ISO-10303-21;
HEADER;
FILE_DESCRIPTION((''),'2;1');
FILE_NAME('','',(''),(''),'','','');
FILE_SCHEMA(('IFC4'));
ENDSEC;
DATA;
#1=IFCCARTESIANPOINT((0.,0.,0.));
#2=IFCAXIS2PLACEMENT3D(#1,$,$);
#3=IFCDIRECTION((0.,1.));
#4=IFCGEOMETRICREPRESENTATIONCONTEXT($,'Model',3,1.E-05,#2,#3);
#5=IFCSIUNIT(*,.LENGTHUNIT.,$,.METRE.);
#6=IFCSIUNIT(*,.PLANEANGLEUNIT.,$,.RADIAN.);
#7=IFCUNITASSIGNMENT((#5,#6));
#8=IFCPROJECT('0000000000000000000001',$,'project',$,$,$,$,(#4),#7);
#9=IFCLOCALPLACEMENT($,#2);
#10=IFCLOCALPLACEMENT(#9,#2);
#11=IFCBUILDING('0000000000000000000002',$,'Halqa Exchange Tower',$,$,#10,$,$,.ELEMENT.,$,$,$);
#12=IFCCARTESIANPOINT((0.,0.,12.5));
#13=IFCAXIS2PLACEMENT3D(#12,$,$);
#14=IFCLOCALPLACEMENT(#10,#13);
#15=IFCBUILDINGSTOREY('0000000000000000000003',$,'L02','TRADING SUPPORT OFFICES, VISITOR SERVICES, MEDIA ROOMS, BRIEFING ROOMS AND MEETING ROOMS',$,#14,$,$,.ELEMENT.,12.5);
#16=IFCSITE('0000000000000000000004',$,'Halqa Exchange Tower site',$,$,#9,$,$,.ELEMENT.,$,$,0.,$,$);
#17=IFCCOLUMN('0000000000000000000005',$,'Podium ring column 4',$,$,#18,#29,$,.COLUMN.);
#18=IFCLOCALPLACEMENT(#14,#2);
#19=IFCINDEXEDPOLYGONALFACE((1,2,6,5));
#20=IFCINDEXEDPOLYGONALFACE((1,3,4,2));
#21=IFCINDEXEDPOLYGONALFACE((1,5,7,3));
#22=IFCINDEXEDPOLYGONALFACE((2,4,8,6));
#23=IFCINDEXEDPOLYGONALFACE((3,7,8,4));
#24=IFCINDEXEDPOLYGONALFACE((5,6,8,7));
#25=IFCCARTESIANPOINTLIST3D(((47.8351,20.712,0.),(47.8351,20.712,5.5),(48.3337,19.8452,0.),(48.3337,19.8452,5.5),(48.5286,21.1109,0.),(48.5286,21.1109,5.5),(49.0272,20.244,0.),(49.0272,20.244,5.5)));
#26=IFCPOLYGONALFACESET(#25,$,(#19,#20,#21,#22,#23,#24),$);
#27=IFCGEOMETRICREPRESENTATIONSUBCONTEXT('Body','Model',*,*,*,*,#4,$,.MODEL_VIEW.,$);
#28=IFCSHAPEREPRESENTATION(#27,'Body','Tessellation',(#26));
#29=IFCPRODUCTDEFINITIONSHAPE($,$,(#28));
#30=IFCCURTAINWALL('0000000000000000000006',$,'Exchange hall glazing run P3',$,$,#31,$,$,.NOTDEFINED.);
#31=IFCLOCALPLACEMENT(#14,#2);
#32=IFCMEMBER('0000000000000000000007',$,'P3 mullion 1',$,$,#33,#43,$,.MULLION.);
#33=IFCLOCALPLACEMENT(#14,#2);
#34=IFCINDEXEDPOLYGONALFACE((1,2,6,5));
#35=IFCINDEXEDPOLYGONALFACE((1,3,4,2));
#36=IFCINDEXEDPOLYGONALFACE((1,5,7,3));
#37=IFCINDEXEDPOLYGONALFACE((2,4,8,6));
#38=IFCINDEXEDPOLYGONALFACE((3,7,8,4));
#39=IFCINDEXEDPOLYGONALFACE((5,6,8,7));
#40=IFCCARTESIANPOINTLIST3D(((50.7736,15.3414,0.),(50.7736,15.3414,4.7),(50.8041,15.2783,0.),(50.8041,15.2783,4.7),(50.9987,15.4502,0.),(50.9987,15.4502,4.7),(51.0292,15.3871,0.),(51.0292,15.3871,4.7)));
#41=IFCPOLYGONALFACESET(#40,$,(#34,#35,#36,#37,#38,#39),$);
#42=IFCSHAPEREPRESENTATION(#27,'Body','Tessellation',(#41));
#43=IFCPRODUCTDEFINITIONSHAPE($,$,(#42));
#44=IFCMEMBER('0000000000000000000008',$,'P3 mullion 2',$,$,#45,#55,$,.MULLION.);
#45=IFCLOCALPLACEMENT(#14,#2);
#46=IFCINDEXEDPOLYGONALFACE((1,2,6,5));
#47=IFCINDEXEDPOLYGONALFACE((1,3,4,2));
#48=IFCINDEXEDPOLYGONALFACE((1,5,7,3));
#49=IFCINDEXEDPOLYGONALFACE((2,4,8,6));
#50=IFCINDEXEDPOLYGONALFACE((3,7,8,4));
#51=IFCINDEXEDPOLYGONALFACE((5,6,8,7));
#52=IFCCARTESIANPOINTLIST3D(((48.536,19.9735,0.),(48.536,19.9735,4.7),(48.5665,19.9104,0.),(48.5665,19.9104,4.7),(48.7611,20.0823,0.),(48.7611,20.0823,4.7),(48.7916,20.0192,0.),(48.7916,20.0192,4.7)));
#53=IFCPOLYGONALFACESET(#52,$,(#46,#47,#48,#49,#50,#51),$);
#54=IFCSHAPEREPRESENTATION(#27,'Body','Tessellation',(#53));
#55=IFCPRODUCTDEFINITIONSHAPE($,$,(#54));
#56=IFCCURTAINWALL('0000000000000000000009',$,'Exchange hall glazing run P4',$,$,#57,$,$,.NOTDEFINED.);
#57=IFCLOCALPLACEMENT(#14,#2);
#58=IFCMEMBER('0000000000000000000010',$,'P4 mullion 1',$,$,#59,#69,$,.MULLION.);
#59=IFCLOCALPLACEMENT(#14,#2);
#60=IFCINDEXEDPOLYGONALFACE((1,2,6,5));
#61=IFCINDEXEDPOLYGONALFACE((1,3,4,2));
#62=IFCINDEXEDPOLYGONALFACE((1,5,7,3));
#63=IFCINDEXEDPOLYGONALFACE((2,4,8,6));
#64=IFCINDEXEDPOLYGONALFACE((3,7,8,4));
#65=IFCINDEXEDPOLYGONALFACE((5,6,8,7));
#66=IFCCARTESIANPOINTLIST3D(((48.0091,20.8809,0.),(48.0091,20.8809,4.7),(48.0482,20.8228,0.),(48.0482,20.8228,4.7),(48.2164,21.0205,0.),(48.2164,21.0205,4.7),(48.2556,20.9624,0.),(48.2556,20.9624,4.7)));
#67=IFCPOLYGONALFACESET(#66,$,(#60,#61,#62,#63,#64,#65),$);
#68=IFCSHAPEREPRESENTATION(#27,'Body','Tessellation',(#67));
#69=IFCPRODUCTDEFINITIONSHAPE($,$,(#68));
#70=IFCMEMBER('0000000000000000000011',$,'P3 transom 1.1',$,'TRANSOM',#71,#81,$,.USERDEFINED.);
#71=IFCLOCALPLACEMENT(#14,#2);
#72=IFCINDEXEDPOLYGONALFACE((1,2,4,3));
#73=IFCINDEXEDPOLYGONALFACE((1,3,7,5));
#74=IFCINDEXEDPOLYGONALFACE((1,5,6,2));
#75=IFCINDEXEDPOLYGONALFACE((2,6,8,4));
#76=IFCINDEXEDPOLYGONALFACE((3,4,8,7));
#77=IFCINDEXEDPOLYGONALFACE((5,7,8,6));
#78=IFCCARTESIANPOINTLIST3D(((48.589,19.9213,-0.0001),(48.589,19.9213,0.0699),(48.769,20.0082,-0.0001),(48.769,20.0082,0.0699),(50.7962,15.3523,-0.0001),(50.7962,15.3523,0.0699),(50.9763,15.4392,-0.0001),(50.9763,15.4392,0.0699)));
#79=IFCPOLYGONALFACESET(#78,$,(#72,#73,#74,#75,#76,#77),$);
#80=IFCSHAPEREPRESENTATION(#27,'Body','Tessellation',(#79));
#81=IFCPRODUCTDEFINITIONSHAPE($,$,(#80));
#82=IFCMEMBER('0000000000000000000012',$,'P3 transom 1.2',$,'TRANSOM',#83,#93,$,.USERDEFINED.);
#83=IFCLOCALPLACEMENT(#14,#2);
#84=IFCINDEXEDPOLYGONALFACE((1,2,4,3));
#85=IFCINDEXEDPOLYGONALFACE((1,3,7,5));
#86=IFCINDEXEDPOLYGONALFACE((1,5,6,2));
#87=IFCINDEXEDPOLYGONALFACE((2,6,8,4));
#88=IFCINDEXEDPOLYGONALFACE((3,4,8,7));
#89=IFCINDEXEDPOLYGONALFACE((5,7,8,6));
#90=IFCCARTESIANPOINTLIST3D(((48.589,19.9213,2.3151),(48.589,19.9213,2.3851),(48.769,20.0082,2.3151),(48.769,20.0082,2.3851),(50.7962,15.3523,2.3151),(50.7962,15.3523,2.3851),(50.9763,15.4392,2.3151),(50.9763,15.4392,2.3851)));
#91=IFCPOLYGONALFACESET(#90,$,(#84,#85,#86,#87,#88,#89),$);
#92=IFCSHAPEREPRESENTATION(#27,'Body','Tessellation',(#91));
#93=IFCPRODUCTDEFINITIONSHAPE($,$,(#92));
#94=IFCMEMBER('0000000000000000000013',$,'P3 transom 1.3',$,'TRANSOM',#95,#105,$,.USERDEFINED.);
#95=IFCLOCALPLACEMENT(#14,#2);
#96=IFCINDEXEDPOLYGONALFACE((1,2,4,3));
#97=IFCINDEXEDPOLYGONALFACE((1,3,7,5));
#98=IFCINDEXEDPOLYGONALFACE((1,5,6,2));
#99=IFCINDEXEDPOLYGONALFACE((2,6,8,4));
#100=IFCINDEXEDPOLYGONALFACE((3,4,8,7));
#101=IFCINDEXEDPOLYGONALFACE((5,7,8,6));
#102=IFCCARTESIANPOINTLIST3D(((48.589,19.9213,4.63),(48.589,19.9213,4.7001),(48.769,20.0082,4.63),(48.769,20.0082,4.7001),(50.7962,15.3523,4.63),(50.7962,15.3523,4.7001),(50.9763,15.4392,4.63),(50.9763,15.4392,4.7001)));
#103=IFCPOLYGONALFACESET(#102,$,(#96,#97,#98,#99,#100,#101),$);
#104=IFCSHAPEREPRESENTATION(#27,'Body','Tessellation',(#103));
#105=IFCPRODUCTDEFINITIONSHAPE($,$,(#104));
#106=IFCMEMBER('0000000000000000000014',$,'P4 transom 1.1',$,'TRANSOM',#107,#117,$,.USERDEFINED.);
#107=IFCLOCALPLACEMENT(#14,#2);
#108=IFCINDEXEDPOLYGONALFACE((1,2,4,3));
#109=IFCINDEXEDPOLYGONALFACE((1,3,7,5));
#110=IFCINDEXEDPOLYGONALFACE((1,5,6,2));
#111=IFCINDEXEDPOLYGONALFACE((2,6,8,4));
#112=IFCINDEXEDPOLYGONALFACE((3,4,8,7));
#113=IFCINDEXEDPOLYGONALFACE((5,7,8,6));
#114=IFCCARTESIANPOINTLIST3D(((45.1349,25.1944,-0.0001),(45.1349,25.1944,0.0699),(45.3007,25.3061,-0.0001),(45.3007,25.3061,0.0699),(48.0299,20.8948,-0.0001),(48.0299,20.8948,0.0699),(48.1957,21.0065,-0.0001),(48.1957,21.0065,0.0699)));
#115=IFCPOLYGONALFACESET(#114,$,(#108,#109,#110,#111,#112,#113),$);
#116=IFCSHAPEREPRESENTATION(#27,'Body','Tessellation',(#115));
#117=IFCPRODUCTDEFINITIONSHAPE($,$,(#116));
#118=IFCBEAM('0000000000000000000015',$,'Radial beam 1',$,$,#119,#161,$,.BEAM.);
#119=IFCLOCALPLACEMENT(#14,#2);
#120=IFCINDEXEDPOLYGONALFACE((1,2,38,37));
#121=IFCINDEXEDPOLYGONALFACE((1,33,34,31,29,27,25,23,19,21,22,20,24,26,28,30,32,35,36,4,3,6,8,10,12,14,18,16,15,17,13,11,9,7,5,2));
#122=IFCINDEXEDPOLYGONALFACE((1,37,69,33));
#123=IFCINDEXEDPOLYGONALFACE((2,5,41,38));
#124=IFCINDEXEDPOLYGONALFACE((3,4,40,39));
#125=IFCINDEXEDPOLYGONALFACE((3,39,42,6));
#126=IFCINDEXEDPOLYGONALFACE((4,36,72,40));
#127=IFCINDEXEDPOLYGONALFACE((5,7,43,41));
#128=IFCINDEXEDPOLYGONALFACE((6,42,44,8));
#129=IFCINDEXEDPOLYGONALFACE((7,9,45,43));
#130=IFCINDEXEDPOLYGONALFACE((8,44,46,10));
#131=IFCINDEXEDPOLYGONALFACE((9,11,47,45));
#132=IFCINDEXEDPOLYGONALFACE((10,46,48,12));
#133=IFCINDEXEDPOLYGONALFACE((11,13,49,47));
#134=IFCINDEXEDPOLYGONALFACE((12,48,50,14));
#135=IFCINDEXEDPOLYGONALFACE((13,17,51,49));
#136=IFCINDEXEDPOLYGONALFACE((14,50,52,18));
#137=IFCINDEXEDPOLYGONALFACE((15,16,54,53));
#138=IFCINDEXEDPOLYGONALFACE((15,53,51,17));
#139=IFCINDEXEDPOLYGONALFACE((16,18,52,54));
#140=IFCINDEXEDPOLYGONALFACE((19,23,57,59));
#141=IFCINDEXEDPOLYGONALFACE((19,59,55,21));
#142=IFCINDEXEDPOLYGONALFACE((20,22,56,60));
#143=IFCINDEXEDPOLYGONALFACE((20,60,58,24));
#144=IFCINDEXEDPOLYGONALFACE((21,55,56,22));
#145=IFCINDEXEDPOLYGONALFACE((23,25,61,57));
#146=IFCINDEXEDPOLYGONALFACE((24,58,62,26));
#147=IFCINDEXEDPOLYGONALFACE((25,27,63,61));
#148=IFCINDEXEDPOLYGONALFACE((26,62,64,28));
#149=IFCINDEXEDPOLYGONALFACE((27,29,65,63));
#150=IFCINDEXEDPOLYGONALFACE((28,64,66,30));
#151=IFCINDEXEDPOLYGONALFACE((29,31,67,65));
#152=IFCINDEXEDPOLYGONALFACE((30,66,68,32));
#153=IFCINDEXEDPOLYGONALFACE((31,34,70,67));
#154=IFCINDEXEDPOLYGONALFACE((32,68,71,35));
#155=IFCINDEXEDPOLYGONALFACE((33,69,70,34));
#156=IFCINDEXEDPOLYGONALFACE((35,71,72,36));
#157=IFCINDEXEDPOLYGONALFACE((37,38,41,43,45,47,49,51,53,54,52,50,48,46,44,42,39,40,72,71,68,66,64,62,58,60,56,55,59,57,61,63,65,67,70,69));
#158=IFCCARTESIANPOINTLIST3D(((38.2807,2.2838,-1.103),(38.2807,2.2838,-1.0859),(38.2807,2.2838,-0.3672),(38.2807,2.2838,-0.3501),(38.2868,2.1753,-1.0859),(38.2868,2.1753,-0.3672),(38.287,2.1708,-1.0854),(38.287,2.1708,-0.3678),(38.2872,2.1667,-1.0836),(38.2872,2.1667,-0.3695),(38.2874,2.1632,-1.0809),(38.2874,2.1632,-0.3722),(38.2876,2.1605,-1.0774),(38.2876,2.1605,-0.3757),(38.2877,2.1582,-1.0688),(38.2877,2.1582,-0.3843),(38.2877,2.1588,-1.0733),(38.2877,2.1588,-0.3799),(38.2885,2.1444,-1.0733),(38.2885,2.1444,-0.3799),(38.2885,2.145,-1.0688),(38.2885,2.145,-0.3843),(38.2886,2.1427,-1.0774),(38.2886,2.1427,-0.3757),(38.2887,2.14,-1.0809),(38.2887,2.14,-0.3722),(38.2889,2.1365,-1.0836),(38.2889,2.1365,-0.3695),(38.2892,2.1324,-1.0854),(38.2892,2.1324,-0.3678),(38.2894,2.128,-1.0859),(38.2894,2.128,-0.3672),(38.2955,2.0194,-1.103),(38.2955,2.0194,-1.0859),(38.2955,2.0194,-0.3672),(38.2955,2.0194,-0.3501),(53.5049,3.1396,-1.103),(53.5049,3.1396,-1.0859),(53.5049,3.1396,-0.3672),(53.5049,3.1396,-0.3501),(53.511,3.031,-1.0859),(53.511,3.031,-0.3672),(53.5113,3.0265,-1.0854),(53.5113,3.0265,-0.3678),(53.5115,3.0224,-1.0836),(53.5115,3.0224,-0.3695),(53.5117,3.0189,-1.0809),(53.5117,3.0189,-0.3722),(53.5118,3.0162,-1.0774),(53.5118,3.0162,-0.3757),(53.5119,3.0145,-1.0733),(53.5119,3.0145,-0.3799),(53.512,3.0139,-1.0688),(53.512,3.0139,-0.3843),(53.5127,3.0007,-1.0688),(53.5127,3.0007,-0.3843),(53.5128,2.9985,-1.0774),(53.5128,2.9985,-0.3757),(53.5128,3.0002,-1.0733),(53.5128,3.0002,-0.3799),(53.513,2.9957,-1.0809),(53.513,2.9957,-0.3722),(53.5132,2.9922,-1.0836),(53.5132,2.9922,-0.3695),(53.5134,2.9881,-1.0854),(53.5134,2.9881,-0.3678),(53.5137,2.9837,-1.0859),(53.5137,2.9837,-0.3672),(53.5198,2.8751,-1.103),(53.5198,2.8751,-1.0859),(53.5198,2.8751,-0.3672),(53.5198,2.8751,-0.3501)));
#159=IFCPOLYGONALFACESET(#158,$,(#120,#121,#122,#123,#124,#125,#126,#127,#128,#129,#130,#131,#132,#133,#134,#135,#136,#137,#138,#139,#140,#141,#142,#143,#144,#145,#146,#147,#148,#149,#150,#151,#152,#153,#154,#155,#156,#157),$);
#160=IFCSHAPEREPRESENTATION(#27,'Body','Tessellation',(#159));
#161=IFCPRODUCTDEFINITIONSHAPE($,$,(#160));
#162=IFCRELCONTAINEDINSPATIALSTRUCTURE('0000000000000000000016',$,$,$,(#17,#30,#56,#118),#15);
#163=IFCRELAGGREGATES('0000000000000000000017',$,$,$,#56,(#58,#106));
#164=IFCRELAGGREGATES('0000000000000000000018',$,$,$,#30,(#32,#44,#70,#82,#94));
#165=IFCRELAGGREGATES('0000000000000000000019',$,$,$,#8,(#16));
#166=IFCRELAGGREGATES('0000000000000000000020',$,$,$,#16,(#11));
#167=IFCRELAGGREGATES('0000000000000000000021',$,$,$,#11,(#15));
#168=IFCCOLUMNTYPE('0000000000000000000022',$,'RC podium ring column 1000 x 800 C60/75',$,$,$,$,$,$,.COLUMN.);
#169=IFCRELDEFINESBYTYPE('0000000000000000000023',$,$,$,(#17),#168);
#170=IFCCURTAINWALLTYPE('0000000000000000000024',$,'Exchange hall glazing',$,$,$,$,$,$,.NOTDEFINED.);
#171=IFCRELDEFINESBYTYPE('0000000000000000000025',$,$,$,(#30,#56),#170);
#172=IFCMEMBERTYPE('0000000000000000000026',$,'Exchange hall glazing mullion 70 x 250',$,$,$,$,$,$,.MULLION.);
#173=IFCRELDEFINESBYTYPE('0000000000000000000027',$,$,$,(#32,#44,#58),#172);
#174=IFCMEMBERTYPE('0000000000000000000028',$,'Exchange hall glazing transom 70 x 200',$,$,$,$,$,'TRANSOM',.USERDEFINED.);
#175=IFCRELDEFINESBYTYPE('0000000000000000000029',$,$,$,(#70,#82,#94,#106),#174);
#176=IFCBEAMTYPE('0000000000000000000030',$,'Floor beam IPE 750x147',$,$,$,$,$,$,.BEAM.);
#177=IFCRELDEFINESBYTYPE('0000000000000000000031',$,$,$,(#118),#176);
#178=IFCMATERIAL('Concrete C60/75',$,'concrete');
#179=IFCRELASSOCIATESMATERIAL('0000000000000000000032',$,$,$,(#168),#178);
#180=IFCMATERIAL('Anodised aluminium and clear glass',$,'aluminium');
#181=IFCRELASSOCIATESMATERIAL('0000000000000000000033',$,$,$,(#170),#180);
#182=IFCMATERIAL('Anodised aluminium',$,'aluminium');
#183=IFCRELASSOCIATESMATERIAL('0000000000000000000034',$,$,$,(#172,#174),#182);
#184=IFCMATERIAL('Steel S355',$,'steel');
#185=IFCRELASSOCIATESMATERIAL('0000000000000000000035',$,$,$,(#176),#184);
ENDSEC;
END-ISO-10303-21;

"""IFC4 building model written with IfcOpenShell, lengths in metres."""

from ifc_helpers import new_model, si_unit, direction, frame, origin, origin_2d, place, context, subcontext, project, spatial, rectangle, i_section, extrude, material, material_profile, profile_set, type_object, element, aggregate, save


model = new_model("IFC4")

# Units and contexts
model_context = context("Model", 3, precision=1e-05, world=origin(), true_north=direction((0.0, 1.0)))
body_context = subcontext(model_context, "Body", "Model", "MODEL_VIEW")
ifc_project = project(units=[si_unit("LENGTHUNIT", "METRE"), si_unit("PLANEANGLEUNIT", "RADIAN")], contexts=[model_context])

# Site, building, storey
site_placement = place(None, origin())
site = spatial("IfcSite", under=ifc_project, at=site_placement, Name="Halqa Exchange Tower site", CompositionType="ELEMENT", RefElevation=0.0)
building_placement = place(site_placement, origin())
building = spatial("IfcBuilding", under=site, at=building_placement, Name="Halqa Exchange Tower", CompositionType="ELEMENT")
storey_placement = place(building_placement, frame((0.0, 0.0, 12.5)))
storey = spatial("IfcBuildingStorey", under=building, at=storey_placement, Name="L02", Description="TRADING SUPPORT OFFICES, VISITOR SERVICES, MEDIA ROOMS, BRIEFING ROOMS AND MEETING ROOMS", CompositionType="ELEMENT", Elevation=12.5)

# Column
ifc_material_1 = material(Name="Concrete C60/75", Category="concrete")
ifc_material_profile_1 = material_profile(ifc_material_1, rectangle(XDim=1.0, YDim=0.8, at=origin_2d()), Name="1000 x 800")
ifc_profile_set_1 = profile_set([ifc_material_profile_1], Name="Concrete C60/75")
column_type = type_object("IfcColumnType", Name="RC podium ring column 1000 x 800 C60/75", PredefinedType="COLUMN", material=ifc_profile_set_1)
column_placement = place(storey_placement, frame((48.4312, 20.478, 0.0), z_axis=(0.0, 0.0, 1.0), x_axis=(-0.498569, 0.86685, 0.0)))
element("IfcColumn", 1, at=column_placement, inside=storey, type_object=column_type, Name="Podium ring column 4", PredefinedType="COLUMN", context=body_context, shape_type="SweptSolid", body=[
    extrude(rectangle(XDim=1.0, YDim=0.8, at=origin_2d()), origin(), (0.0, 0.0, 1.0), 5.5),
])

# Curtain wall, members
ifc_material_2 = material(Name="Anodised aluminium and clear glass", Category="aluminium")
curtain_wall_type = type_object("IfcCurtainWallType", Name="Exchange hall glazing", PredefinedType="NOTDEFINED", material=ifc_material_2)
curtain_wall_1_placement = place(storey_placement, origin())
curtain_wall_1 = element("IfcCurtainWall", 2, at=curtain_wall_1_placement, inside=storey, type_object=curtain_wall_type, Name="Exchange hall glazing run P3", PredefinedType="NOTDEFINED")
ifc_material_3 = material(Name="Anodised aluminium", Category="aluminium")
ifc_material_profile_2 = material_profile(ifc_material_3, rectangle(XDim=0.25, YDim=0.0701, at=origin_2d()), Name="AL 70x250")
ifc_profile_set_2 = profile_set([ifc_material_profile_2], Name="Anodised aluminium")
member_type_1 = type_object("IfcMemberType", Name="Exchange hall glazing mullion 70 x 250", PredefinedType="MULLION", material=ifc_profile_set_2)
member_1_placement = place(storey_placement, frame((50.9014, 15.3643, 0.0), z_axis=(0.0, 0.0, 1.0), x_axis=(-0.900435, -0.43499, 0.0)))
member_1 = element("IfcMember", 3, at=member_1_placement, type_object=member_type_1, Name="P3 mullion 1", PredefinedType="MULLION", context=body_context, shape_type="SweptSolid", body=[
    extrude(rectangle(XDim=0.25, YDim=0.0701, at=origin_2d()), origin(), (0.0, 0.0, 1.0), 4.7),
])
member_2_placement = place(storey_placement, frame((48.6638, 19.9963, 0.0), z_axis=(0.0, 0.0, 1.0), x_axis=(-0.900435, -0.43499, 0.0)))
member_2 = element("IfcMember", 4, at=member_2_placement, type_object=member_type_1, Name="P3 mullion 2", PredefinedType="MULLION", context=body_context, shape_type="SweptSolid", body=[
    extrude(rectangle(XDim=0.25, YDim=0.0701, at=origin_2d()), origin(), (0.0, 0.0, 1.0), 4.7),
])

# Curtain wall, member
curtain_wall_2_placement = place(storey_placement, origin())
curtain_wall_2 = element("IfcCurtainWall", 5, at=curtain_wall_2_placement, inside=storey, type_object=curtain_wall_type, Name="Exchange hall glazing run P4", PredefinedType="NOTDEFINED")
member_3_placement = place(storey_placement, frame((48.1323, 20.9216, 0.0), z_axis=(0.0, 0.0, 1.0), x_axis=(-0.82949, -0.558522, 0.0)))
member_3 = element("IfcMember", 6, at=member_3_placement, type_object=member_type_1, Name="P4 mullion 1", PredefinedType="MULLION", context=body_context, shape_type="SweptSolid", body=[
    extrude(rectangle(XDim=0.25, YDim=0.0701, at=origin_2d()), origin(), (0.0, 0.0, 1.0), 4.7),
])

# Members
ifc_material_profile_3 = material_profile(ifc_material_3, rectangle(XDim=0.2, YDim=0.0701, at=origin_2d()), Name="AL 70x200")
ifc_profile_set_3 = profile_set([ifc_material_profile_3], Name="Anodised aluminium")
member_type_2 = type_object("IfcMemberType", Name="Exchange hall glazing transom 70 x 200", ElementType="TRANSOM", PredefinedType="USERDEFINED", material=ifc_profile_set_3)
member_4_placement = place(storey_placement, frame((50.8862, 15.3958, 0.0349), z_axis=(-0.43499, 0.900435, 0.0), x_axis=(-0.900435, -0.43499, 0.0)))
member_4 = element("IfcMember", 7, at=member_4_placement, type_object=member_type_2, Name="P3 transom 1.1", ObjectType="TRANSOM", PredefinedType="USERDEFINED", context=body_context, shape_type="SweptSolid", body=[
    extrude(rectangle(XDim=0.2, YDim=0.0701, at=origin_2d()), origin(), (0.0, 0.0, 1.0), 5.0742),
])
member_5_placement = place(storey_placement, frame((50.8862, 15.3958, 2.3501), z_axis=(-0.43499, 0.900435, 0.0), x_axis=(-0.900435, -0.43499, 0.0)))
member_5 = element("IfcMember", 8, at=member_5_placement, type_object=member_type_2, Name="P3 transom 1.2", ObjectType="TRANSOM", PredefinedType="USERDEFINED", context=body_context, shape_type="SweptSolid", body=[
    extrude(rectangle(XDim=0.2, YDim=0.0701, at=origin_2d()), origin(), (0.0, 0.0, 1.0), 5.0742),
])
member_6_placement = place(storey_placement, frame((50.8862, 15.3958, 4.665), z_axis=(-0.43499, 0.900435, 0.0), x_axis=(-0.900435, -0.43499, 0.0)))
member_6 = element("IfcMember", 9, at=member_6_placement, type_object=member_type_2, Name="P3 transom 1.3", ObjectType="TRANSOM", PredefinedType="USERDEFINED", context=body_context, shape_type="SweptSolid", body=[
    extrude(rectangle(XDim=0.2, YDim=0.0701, at=origin_2d()), origin(), (0.0, 0.0, 1.0), 5.0742),
])
member_7_placement = place(storey_placement, frame((48.1128, 20.9507, 0.0349), z_axis=(-0.55852, 0.829491, 0.0), x_axis=(-0.829491, -0.55852, 0.0)))
member_7 = element("IfcMember", 10, at=member_7_placement, type_object=member_type_2, Name="P4 transom 1.1", ObjectType="TRANSOM", PredefinedType="USERDEFINED", context=body_context, shape_type="SweptSolid", body=[
    extrude(rectangle(XDim=0.2, YDim=0.0701, at=origin_2d()), origin(), (0.0, 0.0, 1.0), 5.1833),
])
aggregate(curtain_wall_2, [member_3, member_7])

# Beam
ifc_material_4 = material(Name="Steel S355", Category="steel")
ifc_material_profile_4 = material_profile(ifc_material_4, i_section(OverallWidth=0.2649, OverallDepth=0.7529, WebThickness=0.0132, FlangeThickness=0.0171, FilletRadius=0.0171, at=origin_2d()), Name="IPE 750x147")
ifc_profile_set_4 = profile_set([ifc_material_profile_4], Name="Steel S355")
beam_type_1 = type_object("IfcBeamType", Name="Floor beam IPE 750x147", PredefinedType="BEAM", material=ifc_profile_set_4)
beam_1_placement = place(storey_placement, frame((38.2881, 2.1516, -0.7266), z_axis=(0.998424, 0.056118, 0.0), x_axis=(-0.056118, 0.998424, 0.0)))
element("IfcBeam", 11, at=beam_1_placement, inside=storey, type_object=beam_type_1, Name="Radial beam 1", PredefinedType="BEAM", context=body_context, shape_type="SweptSolid", body=[
    extrude(i_section(OverallWidth=0.2649, OverallDepth=0.7529, WebThickness=0.0132, FlangeThickness=0.0171, FilletRadius=0.0171, at=origin_2d()), origin(), (0.0, 0.0, 1.0), 15.2483),
])

aggregate(curtain_wall_1, [member_1, member_2, member_4, member_5, member_6])

save(model, "model.ifc")
